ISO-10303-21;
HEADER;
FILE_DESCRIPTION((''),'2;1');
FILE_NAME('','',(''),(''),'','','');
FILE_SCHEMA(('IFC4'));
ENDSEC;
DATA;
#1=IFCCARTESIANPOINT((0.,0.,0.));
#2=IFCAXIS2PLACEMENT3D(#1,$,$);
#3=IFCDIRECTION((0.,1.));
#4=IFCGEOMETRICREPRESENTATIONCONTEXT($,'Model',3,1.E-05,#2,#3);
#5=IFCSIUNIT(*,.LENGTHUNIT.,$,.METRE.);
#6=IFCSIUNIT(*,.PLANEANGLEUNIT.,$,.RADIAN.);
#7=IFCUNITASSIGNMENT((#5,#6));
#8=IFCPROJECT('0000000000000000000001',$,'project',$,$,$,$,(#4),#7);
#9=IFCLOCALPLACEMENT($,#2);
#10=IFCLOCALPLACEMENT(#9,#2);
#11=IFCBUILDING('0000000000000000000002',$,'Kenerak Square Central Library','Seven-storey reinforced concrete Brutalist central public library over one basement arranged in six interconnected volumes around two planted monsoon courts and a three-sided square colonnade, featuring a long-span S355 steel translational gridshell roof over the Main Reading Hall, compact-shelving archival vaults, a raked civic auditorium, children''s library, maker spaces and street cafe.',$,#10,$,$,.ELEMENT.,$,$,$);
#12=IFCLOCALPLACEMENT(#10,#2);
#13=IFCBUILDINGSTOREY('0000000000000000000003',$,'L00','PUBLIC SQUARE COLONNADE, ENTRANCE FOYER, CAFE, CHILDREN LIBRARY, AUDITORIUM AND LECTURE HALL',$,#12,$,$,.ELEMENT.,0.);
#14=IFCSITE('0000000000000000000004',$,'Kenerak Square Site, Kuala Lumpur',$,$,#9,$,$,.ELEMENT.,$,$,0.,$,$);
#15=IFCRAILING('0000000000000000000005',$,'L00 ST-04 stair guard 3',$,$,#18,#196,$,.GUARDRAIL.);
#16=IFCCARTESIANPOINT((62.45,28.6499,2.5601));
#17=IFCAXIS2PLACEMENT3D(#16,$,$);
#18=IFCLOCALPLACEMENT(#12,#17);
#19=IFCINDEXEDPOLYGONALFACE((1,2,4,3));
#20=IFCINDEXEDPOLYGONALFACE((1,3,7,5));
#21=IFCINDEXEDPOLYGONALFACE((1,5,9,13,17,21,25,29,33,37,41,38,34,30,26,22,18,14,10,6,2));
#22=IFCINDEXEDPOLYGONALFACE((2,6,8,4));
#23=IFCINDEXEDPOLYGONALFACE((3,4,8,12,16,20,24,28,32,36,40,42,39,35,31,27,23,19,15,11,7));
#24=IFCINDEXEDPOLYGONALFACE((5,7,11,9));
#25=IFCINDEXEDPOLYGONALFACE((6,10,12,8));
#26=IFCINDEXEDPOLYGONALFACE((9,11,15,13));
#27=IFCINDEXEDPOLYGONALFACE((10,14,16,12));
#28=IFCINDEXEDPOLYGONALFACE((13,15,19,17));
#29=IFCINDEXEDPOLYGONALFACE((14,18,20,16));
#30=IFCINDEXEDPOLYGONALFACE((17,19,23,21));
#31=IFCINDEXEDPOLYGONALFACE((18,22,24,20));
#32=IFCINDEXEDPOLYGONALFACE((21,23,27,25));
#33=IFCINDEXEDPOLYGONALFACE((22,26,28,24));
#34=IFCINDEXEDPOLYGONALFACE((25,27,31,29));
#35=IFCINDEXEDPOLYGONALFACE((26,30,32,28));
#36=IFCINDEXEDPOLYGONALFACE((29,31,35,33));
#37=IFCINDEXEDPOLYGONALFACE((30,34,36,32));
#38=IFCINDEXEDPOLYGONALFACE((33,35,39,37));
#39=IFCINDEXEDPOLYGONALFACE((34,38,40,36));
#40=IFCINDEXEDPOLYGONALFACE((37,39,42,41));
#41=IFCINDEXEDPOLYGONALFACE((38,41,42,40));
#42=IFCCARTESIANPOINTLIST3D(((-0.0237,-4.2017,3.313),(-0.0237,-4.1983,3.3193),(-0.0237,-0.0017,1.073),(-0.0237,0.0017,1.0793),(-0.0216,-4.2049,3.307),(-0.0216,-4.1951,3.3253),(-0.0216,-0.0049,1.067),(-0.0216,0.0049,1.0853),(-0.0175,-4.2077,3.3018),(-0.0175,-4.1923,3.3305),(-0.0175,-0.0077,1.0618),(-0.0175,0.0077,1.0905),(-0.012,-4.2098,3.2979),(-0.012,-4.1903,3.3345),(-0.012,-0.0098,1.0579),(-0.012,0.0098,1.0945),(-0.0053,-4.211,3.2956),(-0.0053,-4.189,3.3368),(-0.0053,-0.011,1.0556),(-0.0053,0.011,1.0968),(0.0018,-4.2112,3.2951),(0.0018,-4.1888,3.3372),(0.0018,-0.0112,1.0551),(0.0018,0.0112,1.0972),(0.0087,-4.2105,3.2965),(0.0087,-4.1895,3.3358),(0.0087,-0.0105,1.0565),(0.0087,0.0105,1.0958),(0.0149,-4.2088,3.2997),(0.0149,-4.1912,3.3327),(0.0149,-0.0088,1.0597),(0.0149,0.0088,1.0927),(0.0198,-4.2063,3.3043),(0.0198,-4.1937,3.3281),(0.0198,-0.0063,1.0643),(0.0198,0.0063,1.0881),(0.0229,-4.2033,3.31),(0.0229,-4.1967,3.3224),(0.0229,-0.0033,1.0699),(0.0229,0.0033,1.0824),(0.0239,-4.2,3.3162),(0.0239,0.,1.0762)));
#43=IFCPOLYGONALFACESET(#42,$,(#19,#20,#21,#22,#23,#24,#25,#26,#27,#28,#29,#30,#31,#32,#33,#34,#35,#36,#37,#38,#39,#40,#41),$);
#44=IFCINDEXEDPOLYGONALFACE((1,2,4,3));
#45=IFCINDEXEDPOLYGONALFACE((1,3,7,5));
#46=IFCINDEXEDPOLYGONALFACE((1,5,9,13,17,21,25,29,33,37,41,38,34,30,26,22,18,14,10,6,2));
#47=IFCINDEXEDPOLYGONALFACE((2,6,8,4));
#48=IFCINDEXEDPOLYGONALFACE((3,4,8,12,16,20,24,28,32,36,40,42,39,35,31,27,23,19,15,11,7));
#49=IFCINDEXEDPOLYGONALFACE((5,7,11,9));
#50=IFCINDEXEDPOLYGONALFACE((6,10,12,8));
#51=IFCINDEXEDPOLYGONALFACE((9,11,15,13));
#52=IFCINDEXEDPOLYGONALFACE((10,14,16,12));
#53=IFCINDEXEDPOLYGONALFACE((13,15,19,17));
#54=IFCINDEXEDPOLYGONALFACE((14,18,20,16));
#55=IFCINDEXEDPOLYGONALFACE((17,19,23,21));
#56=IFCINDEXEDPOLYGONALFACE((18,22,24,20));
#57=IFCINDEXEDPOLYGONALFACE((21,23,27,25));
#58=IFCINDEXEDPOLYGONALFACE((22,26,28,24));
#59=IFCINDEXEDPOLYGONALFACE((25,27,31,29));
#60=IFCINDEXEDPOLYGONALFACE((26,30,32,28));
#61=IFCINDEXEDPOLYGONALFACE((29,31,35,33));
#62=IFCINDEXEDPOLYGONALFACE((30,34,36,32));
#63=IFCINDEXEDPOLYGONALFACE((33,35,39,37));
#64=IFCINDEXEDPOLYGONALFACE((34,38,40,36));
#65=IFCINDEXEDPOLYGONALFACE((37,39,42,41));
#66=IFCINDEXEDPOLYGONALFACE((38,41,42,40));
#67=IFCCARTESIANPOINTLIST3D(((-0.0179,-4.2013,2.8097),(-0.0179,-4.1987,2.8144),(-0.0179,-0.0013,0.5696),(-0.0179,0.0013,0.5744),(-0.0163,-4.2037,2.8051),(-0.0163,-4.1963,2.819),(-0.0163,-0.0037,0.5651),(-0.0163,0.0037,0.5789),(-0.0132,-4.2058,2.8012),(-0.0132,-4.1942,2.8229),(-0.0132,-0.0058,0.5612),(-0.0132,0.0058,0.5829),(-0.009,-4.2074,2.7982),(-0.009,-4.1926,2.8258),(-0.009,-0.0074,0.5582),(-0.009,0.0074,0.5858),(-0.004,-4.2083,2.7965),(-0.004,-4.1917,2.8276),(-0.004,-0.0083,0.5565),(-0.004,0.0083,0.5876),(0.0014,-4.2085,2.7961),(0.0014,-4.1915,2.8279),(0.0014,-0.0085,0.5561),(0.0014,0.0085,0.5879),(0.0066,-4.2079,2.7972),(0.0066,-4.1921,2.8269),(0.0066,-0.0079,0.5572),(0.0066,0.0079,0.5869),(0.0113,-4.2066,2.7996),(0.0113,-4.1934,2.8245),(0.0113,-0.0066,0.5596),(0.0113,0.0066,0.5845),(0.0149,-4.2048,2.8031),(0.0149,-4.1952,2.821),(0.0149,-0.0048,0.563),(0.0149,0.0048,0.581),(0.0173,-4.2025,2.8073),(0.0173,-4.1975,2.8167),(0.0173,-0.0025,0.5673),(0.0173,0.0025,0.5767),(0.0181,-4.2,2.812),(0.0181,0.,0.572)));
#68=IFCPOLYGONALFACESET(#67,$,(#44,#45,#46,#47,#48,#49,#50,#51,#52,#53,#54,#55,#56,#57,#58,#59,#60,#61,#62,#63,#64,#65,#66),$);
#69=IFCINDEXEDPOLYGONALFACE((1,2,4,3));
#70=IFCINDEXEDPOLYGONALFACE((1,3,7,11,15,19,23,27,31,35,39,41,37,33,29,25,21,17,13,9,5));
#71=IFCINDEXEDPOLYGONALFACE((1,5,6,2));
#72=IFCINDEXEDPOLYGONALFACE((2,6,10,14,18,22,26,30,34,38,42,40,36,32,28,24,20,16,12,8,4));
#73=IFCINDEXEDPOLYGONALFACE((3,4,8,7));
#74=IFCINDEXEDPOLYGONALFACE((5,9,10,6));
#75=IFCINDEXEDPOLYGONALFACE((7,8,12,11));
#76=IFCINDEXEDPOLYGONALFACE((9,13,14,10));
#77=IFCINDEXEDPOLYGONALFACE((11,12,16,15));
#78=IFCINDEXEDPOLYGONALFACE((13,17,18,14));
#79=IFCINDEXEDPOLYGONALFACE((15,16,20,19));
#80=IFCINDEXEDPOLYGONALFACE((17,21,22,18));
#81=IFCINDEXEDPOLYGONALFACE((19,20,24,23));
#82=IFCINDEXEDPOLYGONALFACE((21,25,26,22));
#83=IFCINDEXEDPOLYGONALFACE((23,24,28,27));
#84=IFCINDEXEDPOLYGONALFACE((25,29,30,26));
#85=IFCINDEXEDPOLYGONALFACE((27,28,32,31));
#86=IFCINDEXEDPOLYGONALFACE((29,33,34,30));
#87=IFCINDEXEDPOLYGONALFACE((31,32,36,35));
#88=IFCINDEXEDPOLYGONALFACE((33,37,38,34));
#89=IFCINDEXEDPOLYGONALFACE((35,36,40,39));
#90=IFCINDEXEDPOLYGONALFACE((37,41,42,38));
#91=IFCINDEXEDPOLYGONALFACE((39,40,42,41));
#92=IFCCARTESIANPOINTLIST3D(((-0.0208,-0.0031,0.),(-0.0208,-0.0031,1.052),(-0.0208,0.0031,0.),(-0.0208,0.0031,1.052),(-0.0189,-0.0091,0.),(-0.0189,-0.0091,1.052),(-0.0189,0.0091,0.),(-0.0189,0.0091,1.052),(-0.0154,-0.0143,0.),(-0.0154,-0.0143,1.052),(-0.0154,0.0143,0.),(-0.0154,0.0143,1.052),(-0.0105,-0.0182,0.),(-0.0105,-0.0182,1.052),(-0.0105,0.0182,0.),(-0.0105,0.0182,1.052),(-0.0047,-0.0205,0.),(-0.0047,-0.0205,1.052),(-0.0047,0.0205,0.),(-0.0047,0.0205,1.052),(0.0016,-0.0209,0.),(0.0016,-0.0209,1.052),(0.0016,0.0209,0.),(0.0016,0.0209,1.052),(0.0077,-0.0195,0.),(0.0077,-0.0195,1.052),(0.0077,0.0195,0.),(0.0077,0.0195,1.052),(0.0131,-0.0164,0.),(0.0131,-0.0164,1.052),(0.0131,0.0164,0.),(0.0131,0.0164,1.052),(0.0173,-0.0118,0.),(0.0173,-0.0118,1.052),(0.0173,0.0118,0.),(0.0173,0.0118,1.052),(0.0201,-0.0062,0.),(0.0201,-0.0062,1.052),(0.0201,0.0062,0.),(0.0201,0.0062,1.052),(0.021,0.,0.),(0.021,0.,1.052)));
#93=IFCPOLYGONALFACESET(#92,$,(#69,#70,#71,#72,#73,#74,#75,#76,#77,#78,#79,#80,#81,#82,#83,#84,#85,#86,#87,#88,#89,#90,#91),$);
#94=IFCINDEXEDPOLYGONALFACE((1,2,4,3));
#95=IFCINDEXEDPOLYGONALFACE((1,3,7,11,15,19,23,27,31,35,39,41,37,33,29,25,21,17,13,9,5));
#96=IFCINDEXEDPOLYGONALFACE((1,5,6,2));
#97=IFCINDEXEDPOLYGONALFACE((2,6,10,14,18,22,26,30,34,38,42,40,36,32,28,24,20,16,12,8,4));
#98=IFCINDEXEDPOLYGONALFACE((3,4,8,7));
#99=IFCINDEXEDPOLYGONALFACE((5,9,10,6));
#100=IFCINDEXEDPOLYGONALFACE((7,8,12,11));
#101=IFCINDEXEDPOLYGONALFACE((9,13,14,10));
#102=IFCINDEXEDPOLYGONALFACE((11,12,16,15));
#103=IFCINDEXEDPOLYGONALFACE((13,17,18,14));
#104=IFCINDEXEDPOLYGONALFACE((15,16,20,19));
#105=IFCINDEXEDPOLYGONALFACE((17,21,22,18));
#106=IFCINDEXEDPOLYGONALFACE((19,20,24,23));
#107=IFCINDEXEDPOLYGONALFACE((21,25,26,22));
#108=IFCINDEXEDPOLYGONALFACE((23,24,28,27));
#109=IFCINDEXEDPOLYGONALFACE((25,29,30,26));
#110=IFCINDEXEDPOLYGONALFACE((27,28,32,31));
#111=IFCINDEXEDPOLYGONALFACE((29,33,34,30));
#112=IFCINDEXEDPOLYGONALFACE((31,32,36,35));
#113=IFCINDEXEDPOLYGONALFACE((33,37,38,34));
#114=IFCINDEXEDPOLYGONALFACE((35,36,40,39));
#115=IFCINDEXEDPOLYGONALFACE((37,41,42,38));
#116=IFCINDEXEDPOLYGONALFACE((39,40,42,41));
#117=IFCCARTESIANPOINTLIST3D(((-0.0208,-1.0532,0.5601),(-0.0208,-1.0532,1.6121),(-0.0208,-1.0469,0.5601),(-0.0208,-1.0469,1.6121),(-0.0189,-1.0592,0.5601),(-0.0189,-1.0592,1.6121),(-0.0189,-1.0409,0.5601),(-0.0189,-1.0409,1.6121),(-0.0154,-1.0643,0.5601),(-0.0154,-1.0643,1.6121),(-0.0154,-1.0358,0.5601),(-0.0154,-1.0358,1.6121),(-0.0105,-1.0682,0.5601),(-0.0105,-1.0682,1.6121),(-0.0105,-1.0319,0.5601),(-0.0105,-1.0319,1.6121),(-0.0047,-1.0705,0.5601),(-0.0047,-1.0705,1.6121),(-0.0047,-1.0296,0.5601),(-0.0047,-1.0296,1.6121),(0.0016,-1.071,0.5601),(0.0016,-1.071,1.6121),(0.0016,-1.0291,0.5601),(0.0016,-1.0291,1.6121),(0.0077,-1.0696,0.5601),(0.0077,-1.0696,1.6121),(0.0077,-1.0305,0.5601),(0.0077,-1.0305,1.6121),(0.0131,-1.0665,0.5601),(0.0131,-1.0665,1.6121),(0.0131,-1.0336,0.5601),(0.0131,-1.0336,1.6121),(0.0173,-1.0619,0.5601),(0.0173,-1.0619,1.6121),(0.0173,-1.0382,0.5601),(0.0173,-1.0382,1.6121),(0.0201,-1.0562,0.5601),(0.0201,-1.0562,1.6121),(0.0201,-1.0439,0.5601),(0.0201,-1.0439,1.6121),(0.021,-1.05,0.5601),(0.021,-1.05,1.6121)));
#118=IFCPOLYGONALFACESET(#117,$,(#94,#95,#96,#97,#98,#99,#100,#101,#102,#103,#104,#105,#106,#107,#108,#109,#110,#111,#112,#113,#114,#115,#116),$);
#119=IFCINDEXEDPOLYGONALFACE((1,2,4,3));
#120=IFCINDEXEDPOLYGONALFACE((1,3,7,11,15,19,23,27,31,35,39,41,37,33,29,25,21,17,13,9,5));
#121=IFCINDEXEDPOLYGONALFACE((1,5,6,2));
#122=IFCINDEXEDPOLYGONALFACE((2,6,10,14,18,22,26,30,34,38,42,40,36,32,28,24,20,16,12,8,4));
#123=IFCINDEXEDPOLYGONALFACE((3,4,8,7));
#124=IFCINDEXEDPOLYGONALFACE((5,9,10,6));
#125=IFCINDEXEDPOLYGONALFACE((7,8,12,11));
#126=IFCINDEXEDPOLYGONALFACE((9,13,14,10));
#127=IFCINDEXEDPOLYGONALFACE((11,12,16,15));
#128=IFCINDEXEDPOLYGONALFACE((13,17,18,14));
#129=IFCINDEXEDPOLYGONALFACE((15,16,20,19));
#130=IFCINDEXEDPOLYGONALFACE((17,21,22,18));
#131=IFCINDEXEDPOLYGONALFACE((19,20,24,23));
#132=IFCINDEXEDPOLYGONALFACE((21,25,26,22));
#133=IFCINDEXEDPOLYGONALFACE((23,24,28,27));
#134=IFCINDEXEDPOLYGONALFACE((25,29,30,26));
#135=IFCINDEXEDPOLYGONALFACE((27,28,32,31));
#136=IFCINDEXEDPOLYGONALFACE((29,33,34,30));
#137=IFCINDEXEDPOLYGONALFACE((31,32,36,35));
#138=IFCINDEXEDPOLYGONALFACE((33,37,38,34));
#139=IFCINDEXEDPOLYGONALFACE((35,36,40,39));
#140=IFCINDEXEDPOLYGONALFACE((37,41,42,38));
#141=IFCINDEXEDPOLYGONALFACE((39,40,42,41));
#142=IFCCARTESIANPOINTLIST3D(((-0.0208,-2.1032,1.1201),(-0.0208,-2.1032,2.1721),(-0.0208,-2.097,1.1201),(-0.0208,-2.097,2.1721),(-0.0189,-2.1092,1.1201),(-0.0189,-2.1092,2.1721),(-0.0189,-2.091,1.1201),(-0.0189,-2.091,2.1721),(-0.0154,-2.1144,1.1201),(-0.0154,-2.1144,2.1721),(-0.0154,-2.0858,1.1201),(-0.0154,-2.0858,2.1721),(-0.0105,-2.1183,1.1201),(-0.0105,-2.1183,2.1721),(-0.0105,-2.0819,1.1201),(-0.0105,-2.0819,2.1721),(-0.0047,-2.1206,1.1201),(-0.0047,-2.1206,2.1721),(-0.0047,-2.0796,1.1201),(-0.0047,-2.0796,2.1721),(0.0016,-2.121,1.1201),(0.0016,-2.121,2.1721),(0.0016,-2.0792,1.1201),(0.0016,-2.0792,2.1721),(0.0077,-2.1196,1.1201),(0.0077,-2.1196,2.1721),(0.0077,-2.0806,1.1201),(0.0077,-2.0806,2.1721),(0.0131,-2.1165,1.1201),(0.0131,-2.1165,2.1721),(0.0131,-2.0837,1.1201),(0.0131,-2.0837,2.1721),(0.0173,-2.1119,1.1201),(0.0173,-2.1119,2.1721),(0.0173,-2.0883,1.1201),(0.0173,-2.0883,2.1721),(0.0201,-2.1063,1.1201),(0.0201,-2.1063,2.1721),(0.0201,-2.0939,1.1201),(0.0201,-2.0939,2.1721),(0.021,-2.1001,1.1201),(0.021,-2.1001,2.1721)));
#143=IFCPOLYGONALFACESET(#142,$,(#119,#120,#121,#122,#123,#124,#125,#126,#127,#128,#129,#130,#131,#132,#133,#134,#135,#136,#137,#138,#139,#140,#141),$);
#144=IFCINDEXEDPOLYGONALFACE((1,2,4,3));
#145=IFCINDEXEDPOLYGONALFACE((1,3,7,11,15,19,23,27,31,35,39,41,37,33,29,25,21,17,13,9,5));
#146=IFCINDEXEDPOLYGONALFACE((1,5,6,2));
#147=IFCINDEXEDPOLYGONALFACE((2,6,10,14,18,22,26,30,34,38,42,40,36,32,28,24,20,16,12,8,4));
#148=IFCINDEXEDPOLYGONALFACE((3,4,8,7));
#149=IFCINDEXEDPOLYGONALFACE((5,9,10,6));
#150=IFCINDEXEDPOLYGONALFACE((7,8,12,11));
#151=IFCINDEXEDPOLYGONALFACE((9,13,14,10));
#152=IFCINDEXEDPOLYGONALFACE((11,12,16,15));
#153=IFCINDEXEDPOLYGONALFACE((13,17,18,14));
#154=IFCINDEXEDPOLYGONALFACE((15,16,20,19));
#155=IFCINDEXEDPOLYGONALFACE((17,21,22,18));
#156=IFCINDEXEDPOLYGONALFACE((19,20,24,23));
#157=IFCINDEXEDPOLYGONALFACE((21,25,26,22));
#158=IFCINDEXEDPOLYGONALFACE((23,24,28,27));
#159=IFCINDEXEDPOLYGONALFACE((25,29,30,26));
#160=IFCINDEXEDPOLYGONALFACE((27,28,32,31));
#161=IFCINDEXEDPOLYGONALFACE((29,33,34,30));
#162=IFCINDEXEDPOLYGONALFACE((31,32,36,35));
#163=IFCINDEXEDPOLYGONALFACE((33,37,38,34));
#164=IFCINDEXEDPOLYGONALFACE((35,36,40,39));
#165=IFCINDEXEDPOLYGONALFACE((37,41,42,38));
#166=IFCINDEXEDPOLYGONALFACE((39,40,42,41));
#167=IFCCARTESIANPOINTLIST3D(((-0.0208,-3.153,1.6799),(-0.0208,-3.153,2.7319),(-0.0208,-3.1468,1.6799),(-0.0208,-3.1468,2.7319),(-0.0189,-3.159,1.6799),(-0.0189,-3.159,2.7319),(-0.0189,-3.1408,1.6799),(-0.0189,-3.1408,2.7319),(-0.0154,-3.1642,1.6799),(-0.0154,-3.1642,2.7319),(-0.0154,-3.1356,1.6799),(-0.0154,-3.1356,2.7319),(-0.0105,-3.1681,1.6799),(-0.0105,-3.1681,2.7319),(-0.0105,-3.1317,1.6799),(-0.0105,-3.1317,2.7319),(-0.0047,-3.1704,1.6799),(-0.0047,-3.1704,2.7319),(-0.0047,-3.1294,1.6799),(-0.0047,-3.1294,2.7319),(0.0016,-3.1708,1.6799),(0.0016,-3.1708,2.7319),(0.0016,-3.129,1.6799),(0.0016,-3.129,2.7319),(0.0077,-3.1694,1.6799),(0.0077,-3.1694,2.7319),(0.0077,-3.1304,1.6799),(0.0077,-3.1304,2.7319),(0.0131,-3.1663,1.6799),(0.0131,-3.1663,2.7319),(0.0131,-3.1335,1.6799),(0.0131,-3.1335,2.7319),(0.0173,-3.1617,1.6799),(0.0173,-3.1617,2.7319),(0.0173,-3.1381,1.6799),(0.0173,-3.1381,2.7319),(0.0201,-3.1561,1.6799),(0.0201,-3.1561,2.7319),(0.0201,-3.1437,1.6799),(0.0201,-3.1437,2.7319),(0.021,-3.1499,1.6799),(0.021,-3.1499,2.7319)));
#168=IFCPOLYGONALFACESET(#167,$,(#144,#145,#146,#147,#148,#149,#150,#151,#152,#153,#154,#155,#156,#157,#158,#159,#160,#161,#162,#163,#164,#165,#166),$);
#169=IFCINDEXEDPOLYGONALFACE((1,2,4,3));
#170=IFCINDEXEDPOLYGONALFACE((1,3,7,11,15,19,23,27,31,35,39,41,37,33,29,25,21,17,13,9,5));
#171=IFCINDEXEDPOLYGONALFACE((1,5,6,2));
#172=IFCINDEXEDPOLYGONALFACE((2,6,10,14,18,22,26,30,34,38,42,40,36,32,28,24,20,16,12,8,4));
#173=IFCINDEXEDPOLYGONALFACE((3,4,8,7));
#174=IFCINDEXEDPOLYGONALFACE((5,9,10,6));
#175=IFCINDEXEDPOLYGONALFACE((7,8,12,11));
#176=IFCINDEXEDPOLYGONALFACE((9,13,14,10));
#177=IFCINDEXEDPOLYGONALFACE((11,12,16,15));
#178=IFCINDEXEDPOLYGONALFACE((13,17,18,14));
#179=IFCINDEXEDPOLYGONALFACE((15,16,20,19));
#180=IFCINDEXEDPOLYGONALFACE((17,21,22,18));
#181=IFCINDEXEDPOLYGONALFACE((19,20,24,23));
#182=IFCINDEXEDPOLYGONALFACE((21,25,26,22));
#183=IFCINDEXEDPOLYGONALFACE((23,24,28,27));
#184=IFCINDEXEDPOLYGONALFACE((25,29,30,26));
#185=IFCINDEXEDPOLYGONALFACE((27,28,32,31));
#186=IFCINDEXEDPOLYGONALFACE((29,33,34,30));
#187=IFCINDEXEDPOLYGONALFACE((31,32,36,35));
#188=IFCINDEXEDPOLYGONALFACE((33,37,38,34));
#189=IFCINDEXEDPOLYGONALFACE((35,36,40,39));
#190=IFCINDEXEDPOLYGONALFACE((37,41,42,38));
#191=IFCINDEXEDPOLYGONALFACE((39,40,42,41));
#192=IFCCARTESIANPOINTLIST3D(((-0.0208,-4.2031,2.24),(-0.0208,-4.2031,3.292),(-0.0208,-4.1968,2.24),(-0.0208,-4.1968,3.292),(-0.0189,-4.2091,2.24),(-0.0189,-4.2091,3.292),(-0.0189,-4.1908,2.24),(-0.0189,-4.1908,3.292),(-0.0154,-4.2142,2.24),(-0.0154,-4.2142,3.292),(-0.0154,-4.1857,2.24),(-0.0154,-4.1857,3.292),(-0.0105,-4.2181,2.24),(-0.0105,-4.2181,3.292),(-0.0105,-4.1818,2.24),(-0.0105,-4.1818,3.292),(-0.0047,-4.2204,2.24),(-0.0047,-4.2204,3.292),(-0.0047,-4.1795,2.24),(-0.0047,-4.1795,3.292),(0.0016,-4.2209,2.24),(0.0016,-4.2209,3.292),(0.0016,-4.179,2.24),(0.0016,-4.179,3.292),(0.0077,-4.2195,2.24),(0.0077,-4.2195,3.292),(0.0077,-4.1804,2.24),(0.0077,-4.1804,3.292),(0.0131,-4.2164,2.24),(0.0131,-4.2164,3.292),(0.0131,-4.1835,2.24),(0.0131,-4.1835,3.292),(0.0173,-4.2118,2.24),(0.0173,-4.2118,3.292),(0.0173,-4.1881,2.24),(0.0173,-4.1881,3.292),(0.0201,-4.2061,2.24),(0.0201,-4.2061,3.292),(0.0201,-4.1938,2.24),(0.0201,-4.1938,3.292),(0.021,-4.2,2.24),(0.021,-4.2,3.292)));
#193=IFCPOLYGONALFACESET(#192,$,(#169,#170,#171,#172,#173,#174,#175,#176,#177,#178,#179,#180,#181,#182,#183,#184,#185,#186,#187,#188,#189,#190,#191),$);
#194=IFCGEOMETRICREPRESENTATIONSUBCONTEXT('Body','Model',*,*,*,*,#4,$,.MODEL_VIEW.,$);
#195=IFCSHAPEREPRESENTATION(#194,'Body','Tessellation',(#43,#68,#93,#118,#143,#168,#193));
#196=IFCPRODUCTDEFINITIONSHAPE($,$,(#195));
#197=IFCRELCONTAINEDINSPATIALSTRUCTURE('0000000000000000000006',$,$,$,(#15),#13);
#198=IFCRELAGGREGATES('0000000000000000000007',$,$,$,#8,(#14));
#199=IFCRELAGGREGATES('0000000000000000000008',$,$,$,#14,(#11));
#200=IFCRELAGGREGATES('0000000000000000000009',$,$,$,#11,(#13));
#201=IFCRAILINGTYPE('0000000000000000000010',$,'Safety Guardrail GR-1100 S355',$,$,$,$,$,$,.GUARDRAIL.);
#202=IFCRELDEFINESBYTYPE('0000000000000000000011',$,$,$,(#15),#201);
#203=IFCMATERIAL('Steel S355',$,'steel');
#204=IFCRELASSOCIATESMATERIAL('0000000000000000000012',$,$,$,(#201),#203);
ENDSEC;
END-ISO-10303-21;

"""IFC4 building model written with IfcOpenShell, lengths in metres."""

from ifc_helpers import new_model, si_unit, direction, frame, origin, origin_2d, place, context, subcontext, project, spatial, circle, extrude, material, type_object, element, save


model = new_model("IFC4")

# Units and contexts
model_context = context("Model", 3, precision=1e-05, world=origin(), true_north=direction((0.0, 1.0)))
body_context = subcontext(model_context, "Body", "Model", "MODEL_VIEW")
ifc_project = project(units=[si_unit("LENGTHUNIT", "METRE"), si_unit("PLANEANGLEUNIT", "RADIAN")], contexts=[model_context])

# Site, building, storey
site_placement = place(None, origin())
site = spatial("IfcSite", under=ifc_project, at=site_placement, Name="Kenerak Square Site, Kuala Lumpur", CompositionType="ELEMENT", RefElevation=0.0)
building_placement = place(site_placement, origin())
building = spatial("IfcBuilding", under=site, at=building_placement, Name="Kenerak Square Central Library", Description="Seven-storey reinforced concrete Brutalist central public library over one basement arranged in six interconnected volumes around two planted monsoon courts and a three-sided square colonnade, featuring a long-span S355 steel translational gridshell roof over the Main Reading Hall, compact-shelving archival vaults, a raked civic auditorium, children's library, maker spaces and street cafe.", CompositionType="ELEMENT")
storey_placement = place(building_placement, origin())
storey = spatial("IfcBuildingStorey", under=building, at=storey_placement, Name="L00", Description="PUBLIC SQUARE COLONNADE, ENTRANCE FOYER, CAFE, CHILDREN LIBRARY, AUDITORIUM AND LECTURE HALL", CompositionType="ELEMENT", Elevation=0.0)

# Shared definitions
ifc_material_1 = material(Name="Steel S355", Category="steel")

# Railing
railing_type_1 = type_object("IfcRailingType", Name="Safety Guardrail GR-1100 S355", PredefinedType="GUARDRAIL", material=ifc_material_1)
railing_1_placement = place(storey_placement, frame((62.45, 28.6499, 2.5601)))
element("IfcRailing", 1, at=railing_1_placement, inside=storey, type_object=railing_type_1, Name="L00 ST-04 stair guard 3", PredefinedType="GUARDRAIL", context=body_context, shape_type="SweptSolid", body=[
    extrude(circle(Radius=0.0239, at=origin_2d()), frame((0.0, 0.0, 1.0762), z_axis=(0.0, -0.882352, 0.470591), x_axis=(1.0, 0.0, 0.0)), (0.0, 0.0, 1.0), 4.76),
    extrude(circle(Radius=0.0181, at=origin_2d()), frame((0.0, 0.0, 0.572), z_axis=(0.0, -0.882352, 0.470591), x_axis=(1.0, 0.0, 0.0)), (0.0, 0.0, 1.0), 4.76),
    extrude(circle(Radius=0.021, at=origin_2d()), origin(), (0.0, 0.0, 1.0), 1.052),
    extrude(circle(Radius=0.021, at=origin_2d()), frame((0.0, -1.05, 0.5601)), (0.0, 0.0, 1.0), 1.052),
    extrude(circle(Radius=0.021, at=origin_2d()), frame((0.0, -2.1001, 1.1201)), (0.0, 0.0, 1.0), 1.052),
    extrude(circle(Radius=0.021, at=origin_2d()), frame((0.0, -3.1499, 1.6799)), (0.0, 0.0, 1.0), 1.052),
    extrude(circle(Radius=0.021, at=origin_2d()), frame((0.0, -4.2, 2.24)), (0.0, 0.0, 1.0), 1.052),
])

save(model, "model.ifc")
